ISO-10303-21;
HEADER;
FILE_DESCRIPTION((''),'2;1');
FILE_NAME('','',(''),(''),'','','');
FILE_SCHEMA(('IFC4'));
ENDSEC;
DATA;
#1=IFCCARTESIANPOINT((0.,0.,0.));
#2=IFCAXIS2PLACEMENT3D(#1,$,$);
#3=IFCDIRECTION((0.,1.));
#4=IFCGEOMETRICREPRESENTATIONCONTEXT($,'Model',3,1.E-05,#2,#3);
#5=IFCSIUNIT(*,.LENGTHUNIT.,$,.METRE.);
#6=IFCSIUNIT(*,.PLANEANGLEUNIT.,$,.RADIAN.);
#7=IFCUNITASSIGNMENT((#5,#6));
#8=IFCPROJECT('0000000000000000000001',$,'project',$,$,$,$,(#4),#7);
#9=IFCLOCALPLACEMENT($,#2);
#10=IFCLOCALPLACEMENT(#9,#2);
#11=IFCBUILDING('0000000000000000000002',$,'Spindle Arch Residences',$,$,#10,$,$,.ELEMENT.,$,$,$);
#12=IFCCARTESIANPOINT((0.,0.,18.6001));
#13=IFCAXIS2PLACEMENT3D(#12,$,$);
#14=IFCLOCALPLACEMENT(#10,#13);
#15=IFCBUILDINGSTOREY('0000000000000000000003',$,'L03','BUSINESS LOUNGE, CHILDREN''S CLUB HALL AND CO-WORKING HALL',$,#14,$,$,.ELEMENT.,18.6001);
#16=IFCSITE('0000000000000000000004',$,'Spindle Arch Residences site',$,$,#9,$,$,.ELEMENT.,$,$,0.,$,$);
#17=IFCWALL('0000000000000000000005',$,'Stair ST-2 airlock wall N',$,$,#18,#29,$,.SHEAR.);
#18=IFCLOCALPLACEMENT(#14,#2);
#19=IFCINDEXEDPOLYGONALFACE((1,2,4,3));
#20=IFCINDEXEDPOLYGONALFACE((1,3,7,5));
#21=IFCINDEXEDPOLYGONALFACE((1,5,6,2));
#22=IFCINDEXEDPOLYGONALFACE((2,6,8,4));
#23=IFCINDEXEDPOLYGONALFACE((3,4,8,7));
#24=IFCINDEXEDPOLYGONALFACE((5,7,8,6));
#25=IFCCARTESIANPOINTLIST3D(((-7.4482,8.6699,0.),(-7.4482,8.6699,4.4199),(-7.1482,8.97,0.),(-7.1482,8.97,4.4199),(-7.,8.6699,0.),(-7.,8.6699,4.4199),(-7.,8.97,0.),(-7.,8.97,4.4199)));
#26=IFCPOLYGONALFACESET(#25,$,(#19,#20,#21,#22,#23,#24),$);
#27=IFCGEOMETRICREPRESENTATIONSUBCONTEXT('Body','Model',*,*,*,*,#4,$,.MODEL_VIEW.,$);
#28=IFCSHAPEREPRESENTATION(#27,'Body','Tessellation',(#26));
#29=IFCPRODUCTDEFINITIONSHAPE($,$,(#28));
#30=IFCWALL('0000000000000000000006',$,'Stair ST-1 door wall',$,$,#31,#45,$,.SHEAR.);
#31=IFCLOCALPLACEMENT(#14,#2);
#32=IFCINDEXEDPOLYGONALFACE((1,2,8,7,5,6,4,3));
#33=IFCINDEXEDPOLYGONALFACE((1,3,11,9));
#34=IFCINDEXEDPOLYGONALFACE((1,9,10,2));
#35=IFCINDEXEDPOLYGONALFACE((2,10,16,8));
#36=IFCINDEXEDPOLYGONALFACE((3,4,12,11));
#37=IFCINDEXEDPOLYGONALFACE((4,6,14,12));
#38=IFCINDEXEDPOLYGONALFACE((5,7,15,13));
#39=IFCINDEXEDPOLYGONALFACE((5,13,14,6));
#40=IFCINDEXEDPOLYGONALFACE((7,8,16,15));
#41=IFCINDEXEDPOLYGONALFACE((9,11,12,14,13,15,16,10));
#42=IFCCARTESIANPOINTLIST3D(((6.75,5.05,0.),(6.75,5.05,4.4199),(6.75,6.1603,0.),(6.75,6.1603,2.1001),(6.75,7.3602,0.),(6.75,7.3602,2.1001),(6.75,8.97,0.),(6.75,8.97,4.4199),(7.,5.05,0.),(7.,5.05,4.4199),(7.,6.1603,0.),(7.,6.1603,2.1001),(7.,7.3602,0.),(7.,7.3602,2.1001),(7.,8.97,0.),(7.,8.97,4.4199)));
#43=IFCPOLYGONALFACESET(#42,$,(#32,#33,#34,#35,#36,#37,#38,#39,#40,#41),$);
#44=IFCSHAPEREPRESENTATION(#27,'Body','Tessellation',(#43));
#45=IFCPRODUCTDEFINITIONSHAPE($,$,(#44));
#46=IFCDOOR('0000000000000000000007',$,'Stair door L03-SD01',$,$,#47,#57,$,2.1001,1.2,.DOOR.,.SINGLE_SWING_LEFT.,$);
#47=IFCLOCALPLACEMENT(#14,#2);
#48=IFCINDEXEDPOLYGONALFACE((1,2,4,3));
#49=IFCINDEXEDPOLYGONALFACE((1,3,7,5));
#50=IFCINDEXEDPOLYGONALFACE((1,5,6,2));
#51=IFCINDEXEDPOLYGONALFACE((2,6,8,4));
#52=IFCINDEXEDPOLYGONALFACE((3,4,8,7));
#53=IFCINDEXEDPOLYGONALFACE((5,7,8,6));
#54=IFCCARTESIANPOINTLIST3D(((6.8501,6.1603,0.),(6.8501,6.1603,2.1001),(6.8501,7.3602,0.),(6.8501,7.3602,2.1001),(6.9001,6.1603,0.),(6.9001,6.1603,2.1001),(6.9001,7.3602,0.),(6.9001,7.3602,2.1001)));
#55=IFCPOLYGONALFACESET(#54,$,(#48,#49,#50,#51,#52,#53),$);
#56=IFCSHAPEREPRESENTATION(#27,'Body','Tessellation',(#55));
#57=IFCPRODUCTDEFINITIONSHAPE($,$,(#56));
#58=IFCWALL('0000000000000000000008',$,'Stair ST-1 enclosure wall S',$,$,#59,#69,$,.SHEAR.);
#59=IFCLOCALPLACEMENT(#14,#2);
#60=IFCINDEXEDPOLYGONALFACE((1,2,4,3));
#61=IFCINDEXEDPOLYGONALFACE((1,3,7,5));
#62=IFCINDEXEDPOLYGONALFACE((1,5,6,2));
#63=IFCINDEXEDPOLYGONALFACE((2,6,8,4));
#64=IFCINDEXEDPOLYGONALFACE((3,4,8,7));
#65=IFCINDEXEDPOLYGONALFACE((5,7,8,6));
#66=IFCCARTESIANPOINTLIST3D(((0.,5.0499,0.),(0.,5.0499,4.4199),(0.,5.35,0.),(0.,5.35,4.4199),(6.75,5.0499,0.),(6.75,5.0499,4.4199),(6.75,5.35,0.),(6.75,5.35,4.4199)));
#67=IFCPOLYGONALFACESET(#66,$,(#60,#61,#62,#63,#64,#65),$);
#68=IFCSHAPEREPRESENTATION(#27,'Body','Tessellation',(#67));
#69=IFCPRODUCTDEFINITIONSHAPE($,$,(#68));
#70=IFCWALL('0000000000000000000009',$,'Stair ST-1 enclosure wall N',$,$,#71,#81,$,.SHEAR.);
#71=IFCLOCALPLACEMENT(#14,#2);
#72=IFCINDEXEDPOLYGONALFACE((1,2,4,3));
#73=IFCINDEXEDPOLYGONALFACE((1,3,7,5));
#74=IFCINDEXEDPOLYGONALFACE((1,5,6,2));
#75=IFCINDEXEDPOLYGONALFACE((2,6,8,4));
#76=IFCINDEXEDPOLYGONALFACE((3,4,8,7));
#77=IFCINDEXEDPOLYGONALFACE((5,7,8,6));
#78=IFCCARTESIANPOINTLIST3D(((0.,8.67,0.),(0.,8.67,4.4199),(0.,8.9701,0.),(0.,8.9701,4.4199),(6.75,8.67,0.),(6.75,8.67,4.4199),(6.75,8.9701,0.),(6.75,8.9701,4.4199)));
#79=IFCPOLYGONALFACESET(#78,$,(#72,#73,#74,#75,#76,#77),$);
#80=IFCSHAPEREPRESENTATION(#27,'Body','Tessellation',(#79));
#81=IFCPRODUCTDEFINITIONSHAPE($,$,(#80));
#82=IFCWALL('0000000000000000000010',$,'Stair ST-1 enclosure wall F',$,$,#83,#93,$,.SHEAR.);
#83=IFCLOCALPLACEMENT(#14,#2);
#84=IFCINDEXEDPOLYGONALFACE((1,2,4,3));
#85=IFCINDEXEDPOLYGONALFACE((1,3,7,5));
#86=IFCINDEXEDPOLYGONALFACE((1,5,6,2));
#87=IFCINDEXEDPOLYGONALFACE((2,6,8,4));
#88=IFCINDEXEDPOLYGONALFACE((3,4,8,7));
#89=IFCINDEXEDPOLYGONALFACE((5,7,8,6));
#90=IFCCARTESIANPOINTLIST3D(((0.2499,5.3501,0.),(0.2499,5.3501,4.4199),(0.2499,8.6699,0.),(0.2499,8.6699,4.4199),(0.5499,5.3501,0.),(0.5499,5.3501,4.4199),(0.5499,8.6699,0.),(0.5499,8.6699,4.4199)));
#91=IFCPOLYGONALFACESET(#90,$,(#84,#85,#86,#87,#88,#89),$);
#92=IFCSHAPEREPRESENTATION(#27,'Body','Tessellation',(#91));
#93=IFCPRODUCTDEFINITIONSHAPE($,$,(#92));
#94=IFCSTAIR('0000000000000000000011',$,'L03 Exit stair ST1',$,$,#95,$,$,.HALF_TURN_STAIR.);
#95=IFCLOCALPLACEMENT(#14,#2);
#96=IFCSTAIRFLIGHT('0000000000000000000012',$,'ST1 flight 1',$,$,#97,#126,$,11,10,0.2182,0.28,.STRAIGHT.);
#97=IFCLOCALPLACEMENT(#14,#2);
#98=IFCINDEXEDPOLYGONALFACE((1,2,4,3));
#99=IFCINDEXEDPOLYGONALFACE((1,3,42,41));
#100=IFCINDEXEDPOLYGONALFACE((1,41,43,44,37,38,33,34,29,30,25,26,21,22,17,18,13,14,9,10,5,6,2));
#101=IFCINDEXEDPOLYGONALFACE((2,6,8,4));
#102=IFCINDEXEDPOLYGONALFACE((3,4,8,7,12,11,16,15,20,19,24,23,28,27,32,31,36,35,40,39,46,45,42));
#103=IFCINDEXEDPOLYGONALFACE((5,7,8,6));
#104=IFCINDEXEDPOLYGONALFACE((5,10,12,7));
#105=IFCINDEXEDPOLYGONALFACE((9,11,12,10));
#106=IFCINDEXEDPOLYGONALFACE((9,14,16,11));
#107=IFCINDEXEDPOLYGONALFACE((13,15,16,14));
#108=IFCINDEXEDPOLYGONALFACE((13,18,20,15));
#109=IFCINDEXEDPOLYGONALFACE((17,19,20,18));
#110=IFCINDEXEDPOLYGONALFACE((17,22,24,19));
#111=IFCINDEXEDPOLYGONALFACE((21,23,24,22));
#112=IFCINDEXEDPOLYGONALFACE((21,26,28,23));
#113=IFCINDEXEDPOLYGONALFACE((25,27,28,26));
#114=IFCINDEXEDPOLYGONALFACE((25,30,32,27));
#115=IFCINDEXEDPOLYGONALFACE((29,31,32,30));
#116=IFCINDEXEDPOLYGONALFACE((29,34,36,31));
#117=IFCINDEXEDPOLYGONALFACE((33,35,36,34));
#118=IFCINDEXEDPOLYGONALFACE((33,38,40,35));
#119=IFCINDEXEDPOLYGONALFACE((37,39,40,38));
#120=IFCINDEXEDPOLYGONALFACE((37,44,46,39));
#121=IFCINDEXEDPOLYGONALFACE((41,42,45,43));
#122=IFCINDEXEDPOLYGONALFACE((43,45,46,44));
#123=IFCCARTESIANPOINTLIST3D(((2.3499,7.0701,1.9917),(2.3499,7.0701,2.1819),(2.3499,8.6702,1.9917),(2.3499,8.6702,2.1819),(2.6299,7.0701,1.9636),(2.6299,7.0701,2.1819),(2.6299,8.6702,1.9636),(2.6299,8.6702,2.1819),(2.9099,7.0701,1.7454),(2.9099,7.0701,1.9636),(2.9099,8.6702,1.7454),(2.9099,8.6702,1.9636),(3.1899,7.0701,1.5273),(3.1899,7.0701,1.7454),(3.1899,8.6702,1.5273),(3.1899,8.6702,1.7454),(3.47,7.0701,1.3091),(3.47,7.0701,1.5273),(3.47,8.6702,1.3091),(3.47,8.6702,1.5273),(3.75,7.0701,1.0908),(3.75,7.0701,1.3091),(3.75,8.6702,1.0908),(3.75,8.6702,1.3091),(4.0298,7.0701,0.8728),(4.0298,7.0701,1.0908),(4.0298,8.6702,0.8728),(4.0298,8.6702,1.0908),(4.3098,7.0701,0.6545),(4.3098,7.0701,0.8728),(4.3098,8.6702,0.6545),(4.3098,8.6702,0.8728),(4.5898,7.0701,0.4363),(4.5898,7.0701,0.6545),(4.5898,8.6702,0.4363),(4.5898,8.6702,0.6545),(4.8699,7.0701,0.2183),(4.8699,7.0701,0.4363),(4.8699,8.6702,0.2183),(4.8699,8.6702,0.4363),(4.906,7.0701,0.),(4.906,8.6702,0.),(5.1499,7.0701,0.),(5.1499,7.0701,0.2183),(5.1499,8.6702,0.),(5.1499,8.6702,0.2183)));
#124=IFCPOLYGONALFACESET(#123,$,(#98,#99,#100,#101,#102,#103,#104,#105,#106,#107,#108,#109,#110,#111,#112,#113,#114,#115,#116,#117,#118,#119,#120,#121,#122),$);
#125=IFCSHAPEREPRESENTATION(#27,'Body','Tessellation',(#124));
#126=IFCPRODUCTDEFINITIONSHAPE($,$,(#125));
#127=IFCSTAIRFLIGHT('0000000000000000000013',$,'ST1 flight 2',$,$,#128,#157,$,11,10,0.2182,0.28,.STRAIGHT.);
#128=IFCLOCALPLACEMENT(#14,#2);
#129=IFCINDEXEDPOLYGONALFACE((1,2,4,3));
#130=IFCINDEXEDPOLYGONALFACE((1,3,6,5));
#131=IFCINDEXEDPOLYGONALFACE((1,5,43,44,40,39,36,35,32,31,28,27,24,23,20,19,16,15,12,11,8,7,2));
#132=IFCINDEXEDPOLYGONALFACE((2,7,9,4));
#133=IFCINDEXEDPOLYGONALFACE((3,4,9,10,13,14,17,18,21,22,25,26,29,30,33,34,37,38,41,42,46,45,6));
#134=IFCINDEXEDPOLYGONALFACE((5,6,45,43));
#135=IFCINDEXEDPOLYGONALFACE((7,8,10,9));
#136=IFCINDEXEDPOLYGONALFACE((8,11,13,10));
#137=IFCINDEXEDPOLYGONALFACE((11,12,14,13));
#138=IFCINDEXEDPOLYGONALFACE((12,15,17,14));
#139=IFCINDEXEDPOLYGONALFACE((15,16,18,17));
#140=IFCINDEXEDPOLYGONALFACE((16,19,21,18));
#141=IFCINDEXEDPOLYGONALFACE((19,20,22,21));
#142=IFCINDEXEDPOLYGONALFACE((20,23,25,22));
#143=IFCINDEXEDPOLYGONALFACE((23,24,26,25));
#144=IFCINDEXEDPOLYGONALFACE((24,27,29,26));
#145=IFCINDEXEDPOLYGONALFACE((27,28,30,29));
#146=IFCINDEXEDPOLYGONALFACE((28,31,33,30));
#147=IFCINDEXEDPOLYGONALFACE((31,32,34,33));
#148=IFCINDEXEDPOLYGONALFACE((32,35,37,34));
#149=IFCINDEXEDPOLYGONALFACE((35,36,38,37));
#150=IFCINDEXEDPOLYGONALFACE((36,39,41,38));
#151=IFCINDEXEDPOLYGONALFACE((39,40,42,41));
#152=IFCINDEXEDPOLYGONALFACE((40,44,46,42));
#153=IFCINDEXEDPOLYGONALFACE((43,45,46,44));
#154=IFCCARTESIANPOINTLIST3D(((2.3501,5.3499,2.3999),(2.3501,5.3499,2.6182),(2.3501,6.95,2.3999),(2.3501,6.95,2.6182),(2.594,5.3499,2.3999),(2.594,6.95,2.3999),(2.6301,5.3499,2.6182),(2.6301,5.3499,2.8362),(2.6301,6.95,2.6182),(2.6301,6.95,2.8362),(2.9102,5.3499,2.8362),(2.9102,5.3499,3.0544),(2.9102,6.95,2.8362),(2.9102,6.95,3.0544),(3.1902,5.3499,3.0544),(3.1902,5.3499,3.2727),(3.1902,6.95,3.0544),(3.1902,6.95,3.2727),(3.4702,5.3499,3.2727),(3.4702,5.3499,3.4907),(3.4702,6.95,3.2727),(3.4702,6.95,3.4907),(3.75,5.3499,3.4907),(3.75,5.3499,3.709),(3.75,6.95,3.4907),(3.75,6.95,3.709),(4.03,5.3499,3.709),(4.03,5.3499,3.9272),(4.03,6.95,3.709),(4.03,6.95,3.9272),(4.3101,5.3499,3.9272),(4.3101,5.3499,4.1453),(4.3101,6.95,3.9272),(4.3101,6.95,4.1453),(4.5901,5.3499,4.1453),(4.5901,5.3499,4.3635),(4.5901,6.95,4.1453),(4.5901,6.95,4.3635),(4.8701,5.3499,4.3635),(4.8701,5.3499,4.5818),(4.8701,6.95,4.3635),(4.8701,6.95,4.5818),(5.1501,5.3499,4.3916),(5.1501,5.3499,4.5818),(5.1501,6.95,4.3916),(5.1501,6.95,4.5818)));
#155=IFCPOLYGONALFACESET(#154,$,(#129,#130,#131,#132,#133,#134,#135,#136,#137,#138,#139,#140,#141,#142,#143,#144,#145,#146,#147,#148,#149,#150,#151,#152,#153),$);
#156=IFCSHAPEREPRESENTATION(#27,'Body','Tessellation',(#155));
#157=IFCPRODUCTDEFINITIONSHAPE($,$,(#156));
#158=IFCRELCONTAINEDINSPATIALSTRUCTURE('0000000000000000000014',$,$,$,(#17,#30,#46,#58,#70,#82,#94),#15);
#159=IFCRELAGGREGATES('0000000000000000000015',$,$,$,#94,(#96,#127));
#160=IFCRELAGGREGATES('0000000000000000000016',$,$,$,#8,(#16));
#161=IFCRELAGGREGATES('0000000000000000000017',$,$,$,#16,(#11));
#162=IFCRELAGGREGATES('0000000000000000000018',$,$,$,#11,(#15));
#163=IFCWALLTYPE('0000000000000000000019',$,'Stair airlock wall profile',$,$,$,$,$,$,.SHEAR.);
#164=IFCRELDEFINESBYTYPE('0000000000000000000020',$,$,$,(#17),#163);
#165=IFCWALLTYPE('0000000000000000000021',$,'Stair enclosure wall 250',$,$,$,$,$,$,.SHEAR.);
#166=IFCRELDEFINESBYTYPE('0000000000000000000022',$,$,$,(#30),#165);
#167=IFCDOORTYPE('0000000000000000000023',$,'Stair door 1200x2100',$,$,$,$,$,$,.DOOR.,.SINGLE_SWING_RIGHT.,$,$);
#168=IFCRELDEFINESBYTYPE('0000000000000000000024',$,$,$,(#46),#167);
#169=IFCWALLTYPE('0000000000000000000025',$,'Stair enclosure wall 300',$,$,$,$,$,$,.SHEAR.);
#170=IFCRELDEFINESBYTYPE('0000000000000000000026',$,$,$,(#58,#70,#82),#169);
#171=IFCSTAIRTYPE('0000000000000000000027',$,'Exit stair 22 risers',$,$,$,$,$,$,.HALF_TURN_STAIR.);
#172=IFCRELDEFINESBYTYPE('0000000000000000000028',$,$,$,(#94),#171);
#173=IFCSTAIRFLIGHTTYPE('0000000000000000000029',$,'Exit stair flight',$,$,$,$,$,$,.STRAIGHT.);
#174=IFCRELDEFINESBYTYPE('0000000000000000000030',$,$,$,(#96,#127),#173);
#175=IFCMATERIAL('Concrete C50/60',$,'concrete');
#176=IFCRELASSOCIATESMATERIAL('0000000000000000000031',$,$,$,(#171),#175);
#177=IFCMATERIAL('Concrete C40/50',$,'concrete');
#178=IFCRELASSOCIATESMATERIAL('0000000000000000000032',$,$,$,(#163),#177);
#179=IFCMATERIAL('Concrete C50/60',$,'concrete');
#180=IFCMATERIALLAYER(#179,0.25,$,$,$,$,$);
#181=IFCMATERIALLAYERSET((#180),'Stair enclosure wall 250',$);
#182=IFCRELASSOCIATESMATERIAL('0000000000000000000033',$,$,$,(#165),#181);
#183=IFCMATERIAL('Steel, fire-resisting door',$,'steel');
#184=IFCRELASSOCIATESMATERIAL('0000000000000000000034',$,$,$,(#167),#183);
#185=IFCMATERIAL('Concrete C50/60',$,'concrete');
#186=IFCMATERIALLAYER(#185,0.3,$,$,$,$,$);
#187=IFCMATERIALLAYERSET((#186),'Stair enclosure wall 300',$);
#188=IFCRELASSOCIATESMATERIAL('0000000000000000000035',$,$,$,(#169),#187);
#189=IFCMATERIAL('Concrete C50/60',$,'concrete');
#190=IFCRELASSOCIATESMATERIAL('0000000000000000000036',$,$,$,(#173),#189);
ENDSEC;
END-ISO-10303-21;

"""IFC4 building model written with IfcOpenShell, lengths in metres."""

from ifc_helpers import new_model, si_unit, direction, frame, frame_2d, origin, place, context, subcontext, project, spatial, polyline, rectangle, outline, extrude, material, layer, layer_set, type_object, element, fill, aggregate, save


model = new_model("IFC4")

# Units and contexts
model_context = context("Model", 3, precision=1e-05, world=origin(), true_north=direction((0.0, 1.0)))
body_context = subcontext(model_context, "Body", "Model", "MODEL_VIEW")
ifc_project = project(units=[si_unit("LENGTHUNIT", "METRE"), si_unit("PLANEANGLEUNIT", "RADIAN")], contexts=[model_context])

# Site, building, storey
site_placement = place(None, origin())
site = spatial("IfcSite", under=ifc_project, at=site_placement, Name="Spindle Arch Residences site", CompositionType="ELEMENT", RefElevation=0.0)
building_placement = place(site_placement, origin())
building = spatial("IfcBuilding", under=site, at=building_placement, Name="Spindle Arch Residences", CompositionType="ELEMENT")
storey_placement = place(building_placement, frame((0.0, 0.0, 18.6001)))
storey = spatial("IfcBuildingStorey", under=building, at=storey_placement, Name="L03", Description="BUSINESS LOUNGE, CHILDREN'S CLUB HALL AND CO-WORKING HALL", CompositionType="ELEMENT", Elevation=18.6001)

# Shared definitions
ifc_material_1 = material(Name="Concrete C50/60", Category="concrete")
stair_type = type_object("IfcStairType", Name="Exit stair 22 risers", PredefinedType="HALF_TURN_STAIR", material=ifc_material_1)

# Wall
ifc_material_2 = material(Name="Concrete C40/50", Category="concrete")
wall_type_1 = type_object("IfcWallType", Name="Stair airlock wall profile", PredefinedType="SHEAR", material=ifc_material_2)
wall_1_placement = place(storey_placement, origin())
element("IfcWall", 1, at=wall_1_placement, inside=storey, type_object=wall_type_1, Name="Stair ST-2 airlock wall N", PredefinedType="SHEAR", context=body_context, shape_type="SweptSolid", body=[
    extrude(outline(polyline([(-7.1482, 8.97), (-7.0, 8.97), (-7.0, 8.6699), (-7.4482, 8.6699), (-7.1482, 8.97)])), origin(), (0.0, 0.0, 1.0), 4.4199),
])

# Wall, opening, door
ifc_material_3 = material(Name="Concrete C50/60", Category="concrete")
ifc_layer_1 = layer(ifc_material_3, 0.25)
ifc_layer_set_1 = layer_set([ifc_layer_1], Name="Stair enclosure wall 250")
wall_type_2 = type_object("IfcWallType", Name="Stair enclosure wall 250", PredefinedType="SHEAR", material=ifc_layer_set_1)
wall_2_placement = place(storey_placement, frame((6.875, 5.05, 0.0), z_axis=(0.0, 0.0, 1.0), x_axis=(0.0, 1.0, 0.0)))
wall_2 = element("IfcWall", 2, at=wall_2_placement, inside=storey, type_object=wall_type_2, Name="Stair ST-1 door wall", PredefinedType="SHEAR", context=body_context, shape_type="SweptSolid", body=[
    extrude(rectangle(XDim=3.9199, YDim=0.25, at=frame_2d((1.96, 0.0))), origin(), (0.0, 0.0, 1.0), 4.4199),
])
opening_1_placement = place(wall_2_placement, frame((1.1101, 0.0, 0.0)))
opening_1 = element("IfcOpeningElement", 3, at=opening_1_placement, cuts=wall_2, PredefinedType="OPENING", context=body_context, shape_type="SweptSolid", body=[
    extrude(rectangle(XDim=1.2, YDim=2.1001, at=frame_2d((0.6001, 1.05))), frame((0.0, 0.135, 0.0), z_axis=(0.0, -1.0, 0.0), x_axis=(1.0, 0.0, 0.0)), (0.0, 0.0, 1.0), 0.27),
])
ifc_material_4 = material(Name="Steel, fire-resisting door", Category="steel")
door_type_1 = type_object("IfcDoorType", Name="Stair door 1200x2100", OperationType="SINGLE_SWING_RIGHT", PredefinedType="DOOR", material=ifc_material_4)
door_1_placement = place(opening_1_placement, origin())
door_1 = element("IfcDoor", 4, at=door_1_placement, inside=storey, type_object=door_type_1, Name="Stair door L03-SD01", OperationType="SINGLE_SWING_LEFT", OverallHeight=2.1001, OverallWidth=1.2, PredefinedType="DOOR", context=body_context, shape_type="SweptSolid", body=[
    extrude(rectangle(XDim=1.2, YDim=2.1001, at=frame_2d((0.6001, 1.05))), frame((0.0, 0.0249, 0.0), z_axis=(0.0, -1.0, 0.0), x_axis=(1.0, 0.0, 0.0)), (0.0, 0.0, 1.0), 0.05),
])
fill(opening_1, door_1)

# Walls
ifc_material_5 = material(Name="Concrete C50/60", Category="concrete")
ifc_layer_2 = layer(ifc_material_5, 0.3)
ifc_layer_set_2 = layer_set([ifc_layer_2], Name="Stair enclosure wall 300")
wall_type_3 = type_object("IfcWallType", Name="Stair enclosure wall 300", PredefinedType="SHEAR", material=ifc_layer_set_2)
for number, where, z_axis, x_axis, name in (
    (5, (0.0, 5.2, 0.0), (0.0, 0.0, 1.0), (1.0, 0.0, 0.0), "Stair ST-1 enclosure wall S"),
    (6, (0.0, 8.8201, 0.0), (0.0, 0.0, 1.0), (1.0, 0.0, 0.0), "Stair ST-1 enclosure wall N"),
):
    element("IfcWall", number, at=place(storey_placement, frame(where, z_axis=z_axis, x_axis=x_axis)), inside=storey, type_object=wall_type_3, Name=name, PredefinedType="SHEAR", context=body_context, shape_type="SweptSolid", body=[
        extrude(rectangle(XDim=6.75, YDim=0.3, at=frame_2d((3.375, 0.0))), origin(), (0.0, 0.0, 1.0), 4.4199),
    ])
wall_3_placement = place(storey_placement, frame((0.3999, 5.3501, 0.0), z_axis=(0.0, 0.0, 1.0), x_axis=(0.0, 1.0, 0.0)))
element("IfcWall", 7, at=wall_3_placement, inside=storey, type_object=wall_type_3, Name="Stair ST-1 enclosure wall F", PredefinedType="SHEAR", context=body_context, shape_type="SweptSolid", body=[
    extrude(rectangle(XDim=3.3198, YDim=0.3, at=frame_2d((1.6599, 0.0))), origin(), (0.0, 0.0, 1.0), 4.4199),
])

# Stair, stair flights
stair_1_placement = place(storey_placement, origin())
stair_1 = element("IfcStair", 8, at=stair_1_placement, inside=storey, type_object=stair_type, Name="L03 Exit stair ST1", PredefinedType="HALF_TURN_STAIR")
ifc_material_6 = material(Name="Concrete C50/60", Category="concrete")
stair_flight_type = type_object("IfcStairFlightType", Name="Exit stair flight", PredefinedType="STRAIGHT", material=ifc_material_6)
stair_flight_1_placement = place(storey_placement, frame((5.1499, 7.8701, 0.0), z_axis=(0.0, 0.0, 1.0), x_axis=(-1.0, 0.0, 0.0)))
stair_flight_1 = element("IfcStairFlight", 9, at=stair_flight_1_placement, type_object=stair_flight_type, Name="ST1 flight 1", NumberOfRisers=11, NumberOfTreads=10, PredefinedType="STRAIGHT", RiserHeight=0.2182, TreadLength=0.28, context=body_context, shape_type="SweptSolid", body=[
    extrude(outline(polyline([(0.0, 0.0), (0.0, 0.2183), (0.28, 0.2183), (0.28, 0.4363), (0.5601, 0.4363), (0.5601, 0.6545), (0.8401, 0.6545), (0.8401, 0.8728), (1.1201, 0.8728), (1.1201, 1.0908), (1.3999, 1.0908), (1.3999, 1.3091), (1.6799, 1.3091), (1.6799, 1.5273), (1.96, 1.5273), (1.96, 1.7454), (2.24, 1.7454), (2.24, 1.9636), (2.52, 1.9636), (2.52, 2.1819), (2.8, 2.1819), (2.8, 2.3999), (2.8, 1.9917), (0.2439, 0.0), (0.0, 0.0)])), frame((0.0, 0.8, 0.0), z_axis=(0.0, -1.0, 0.0), x_axis=(1.0, 0.0, 0.0)), (0.0, 0.0, 1.0), 1.6001),
])
stair_flight_2_placement = place(storey_placement, frame((2.3501, 6.1499, 2.3999), z_axis=(0.0, 0.0, 1.0), x_axis=(1.0, 0.0, 0.0)))
stair_flight_2 = element("IfcStairFlight", 10, at=stair_flight_2_placement, type_object=stair_flight_type, Name="ST1 flight 2", NumberOfRisers=11, NumberOfTreads=10, PredefinedType="STRAIGHT", RiserHeight=0.2182, TreadLength=0.28, context=body_context, shape_type="SweptSolid", body=[
    extrude(outline(polyline([(0.0, 0.0), (0.0, 0.2183), (0.28, 0.2183), (0.28, 0.4363), (0.5601, 0.4363), (0.5601, 0.6545), (0.8401, 0.6545), (0.8401, 0.8728), (1.1201, 0.8728), (1.1201, 1.0908), (1.3999, 1.0908), (1.3999, 1.3091), (1.6799, 1.3091), (1.6799, 1.5273), (1.96, 1.5273), (1.96, 1.7454), (2.24, 1.7454), (2.24, 1.9636), (2.52, 1.9636), (2.52, 2.1819), (2.8, 2.1819), (2.8, 2.3999), (2.8, 1.9917), (0.2439, 0.0), (0.0, 0.0)])), frame((0.0, 0.8, 0.0), z_axis=(0.0, -1.0, 0.0), x_axis=(1.0, 0.0, 0.0)), (0.0, 0.0, 1.0), 1.6001),
])
aggregate(stair_1, [stair_flight_1, stair_flight_2])

save(model, "model.ifc")
